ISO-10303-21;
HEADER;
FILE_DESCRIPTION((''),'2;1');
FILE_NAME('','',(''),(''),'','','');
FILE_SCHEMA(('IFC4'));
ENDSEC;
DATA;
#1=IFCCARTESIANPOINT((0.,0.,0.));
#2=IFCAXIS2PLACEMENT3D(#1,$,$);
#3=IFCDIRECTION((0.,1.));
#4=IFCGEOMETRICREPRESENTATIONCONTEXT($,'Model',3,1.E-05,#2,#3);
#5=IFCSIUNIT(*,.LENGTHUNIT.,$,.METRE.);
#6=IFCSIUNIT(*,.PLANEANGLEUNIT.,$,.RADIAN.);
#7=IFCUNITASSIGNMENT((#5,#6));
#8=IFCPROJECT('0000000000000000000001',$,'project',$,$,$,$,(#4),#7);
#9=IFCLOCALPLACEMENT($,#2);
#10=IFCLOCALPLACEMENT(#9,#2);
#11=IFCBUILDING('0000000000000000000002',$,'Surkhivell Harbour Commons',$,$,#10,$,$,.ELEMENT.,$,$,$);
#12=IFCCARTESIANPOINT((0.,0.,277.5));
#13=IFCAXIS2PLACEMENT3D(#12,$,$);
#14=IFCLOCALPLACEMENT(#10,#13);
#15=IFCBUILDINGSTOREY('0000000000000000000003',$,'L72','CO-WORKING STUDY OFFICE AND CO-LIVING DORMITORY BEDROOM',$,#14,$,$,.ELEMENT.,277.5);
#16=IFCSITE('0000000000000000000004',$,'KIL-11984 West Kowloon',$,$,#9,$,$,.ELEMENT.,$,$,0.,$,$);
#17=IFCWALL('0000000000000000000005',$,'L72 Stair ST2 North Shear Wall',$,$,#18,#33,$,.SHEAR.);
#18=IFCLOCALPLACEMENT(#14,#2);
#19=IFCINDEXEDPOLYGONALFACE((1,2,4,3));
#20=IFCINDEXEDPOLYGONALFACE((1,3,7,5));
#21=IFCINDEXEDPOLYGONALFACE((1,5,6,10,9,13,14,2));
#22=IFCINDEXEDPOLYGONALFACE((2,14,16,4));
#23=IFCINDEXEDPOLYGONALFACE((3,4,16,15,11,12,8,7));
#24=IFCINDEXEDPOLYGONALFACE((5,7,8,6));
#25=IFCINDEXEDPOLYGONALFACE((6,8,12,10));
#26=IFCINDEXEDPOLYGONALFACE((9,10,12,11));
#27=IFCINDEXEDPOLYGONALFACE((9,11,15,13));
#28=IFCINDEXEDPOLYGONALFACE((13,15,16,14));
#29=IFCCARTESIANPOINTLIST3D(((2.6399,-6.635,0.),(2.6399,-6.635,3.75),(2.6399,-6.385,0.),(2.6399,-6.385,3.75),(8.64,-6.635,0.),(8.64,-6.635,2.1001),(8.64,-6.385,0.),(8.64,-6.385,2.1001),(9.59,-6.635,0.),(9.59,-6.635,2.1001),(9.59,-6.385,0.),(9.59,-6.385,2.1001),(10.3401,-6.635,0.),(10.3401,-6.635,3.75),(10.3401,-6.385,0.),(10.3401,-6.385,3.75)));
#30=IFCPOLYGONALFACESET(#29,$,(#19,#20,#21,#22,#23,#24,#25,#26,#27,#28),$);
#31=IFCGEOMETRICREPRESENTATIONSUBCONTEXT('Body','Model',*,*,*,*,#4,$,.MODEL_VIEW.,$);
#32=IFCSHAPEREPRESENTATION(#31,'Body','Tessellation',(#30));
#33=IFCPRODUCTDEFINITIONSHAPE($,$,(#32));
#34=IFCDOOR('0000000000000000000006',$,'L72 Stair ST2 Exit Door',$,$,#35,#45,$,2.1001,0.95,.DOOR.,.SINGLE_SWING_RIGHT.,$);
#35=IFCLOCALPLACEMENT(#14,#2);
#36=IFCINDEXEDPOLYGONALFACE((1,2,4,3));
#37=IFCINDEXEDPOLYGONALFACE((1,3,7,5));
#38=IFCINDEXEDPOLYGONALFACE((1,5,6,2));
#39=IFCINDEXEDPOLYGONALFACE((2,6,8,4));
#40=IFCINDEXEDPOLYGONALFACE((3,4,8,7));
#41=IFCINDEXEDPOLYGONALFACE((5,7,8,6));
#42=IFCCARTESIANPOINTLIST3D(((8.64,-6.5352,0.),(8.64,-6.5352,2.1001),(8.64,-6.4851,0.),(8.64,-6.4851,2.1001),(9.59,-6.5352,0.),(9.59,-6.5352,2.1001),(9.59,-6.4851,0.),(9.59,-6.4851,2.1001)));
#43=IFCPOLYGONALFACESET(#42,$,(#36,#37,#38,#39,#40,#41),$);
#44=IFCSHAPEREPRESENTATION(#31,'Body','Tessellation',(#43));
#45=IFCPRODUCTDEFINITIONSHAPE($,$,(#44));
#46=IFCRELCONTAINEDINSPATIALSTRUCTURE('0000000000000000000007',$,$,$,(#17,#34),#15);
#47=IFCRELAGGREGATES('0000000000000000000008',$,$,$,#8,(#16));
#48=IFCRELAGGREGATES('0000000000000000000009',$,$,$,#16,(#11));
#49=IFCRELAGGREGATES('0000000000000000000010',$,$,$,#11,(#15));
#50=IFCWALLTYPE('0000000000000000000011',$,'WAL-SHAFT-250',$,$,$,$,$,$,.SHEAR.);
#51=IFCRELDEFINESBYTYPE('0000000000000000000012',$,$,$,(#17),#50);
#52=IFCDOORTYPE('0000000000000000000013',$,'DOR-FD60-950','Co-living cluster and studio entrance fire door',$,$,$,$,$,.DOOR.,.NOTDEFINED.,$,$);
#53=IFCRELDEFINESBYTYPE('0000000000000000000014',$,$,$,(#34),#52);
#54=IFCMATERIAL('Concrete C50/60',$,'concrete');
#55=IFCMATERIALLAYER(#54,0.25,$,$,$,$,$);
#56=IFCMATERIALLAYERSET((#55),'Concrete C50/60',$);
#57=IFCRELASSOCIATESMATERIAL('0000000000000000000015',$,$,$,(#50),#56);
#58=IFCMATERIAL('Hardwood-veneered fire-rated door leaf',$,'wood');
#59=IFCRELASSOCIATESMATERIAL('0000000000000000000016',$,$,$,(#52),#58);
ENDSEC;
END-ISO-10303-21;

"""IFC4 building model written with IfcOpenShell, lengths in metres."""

from ifc_helpers import new_model, si_unit, direction, frame, frame_2d, origin, place, context, subcontext, project, spatial, rectangle, extrude, material, layer, layer_set, type_object, element, fill, save


model = new_model("IFC4")

# Units and contexts
model_context = context("Model", 3, precision=1e-05, world=origin(), true_north=direction((0.0, 1.0)))
body_context = subcontext(model_context, "Body", "Model", "MODEL_VIEW")
ifc_project = project(units=[si_unit("LENGTHUNIT", "METRE"), si_unit("PLANEANGLEUNIT", "RADIAN")], contexts=[model_context])

# Site, building, storey
site_placement = place(None, origin())
site = spatial("IfcSite", under=ifc_project, at=site_placement, Name="KIL-11984 West Kowloon", CompositionType="ELEMENT", RefElevation=0.0)
building_placement = place(site_placement, origin())
building = spatial("IfcBuilding", under=site, at=building_placement, Name="Surkhivell Harbour Commons", CompositionType="ELEMENT")
storey_placement = place(building_placement, frame((0.0, 0.0, 277.5)))
storey = spatial("IfcBuildingStorey", under=building, at=storey_placement, Name="L72", Description="CO-WORKING STUDY OFFICE AND CO-LIVING DORMITORY BEDROOM", CompositionType="ELEMENT", Elevation=277.5)

# Shared definitions
ifc_material_1 = material(Name="Hardwood-veneered fire-rated door leaf", Category="wood")

# Shared definitions
ifc_material_2 = material(Name="Concrete C50/60", Category="concrete")
ifc_layer_1 = layer(ifc_material_2, 0.25)
ifc_layer_set_1 = layer_set([ifc_layer_1], Name="Concrete C50/60")
wall_type_1 = type_object("IfcWallType", Name="WAL-SHAFT-250", PredefinedType="SHEAR", material=ifc_layer_set_1)

# Wall, opening, door
wall_1_placement = place(storey_placement, frame((2.6399, -6.51, 0.0), z_axis=(0.0, 0.0, 1.0), x_axis=(1.0, 0.0, 0.0)))
wall_1 = element("IfcWall", 1, at=wall_1_placement, inside=storey, type_object=wall_type_1, Name="L72 Stair ST2 North Shear Wall", PredefinedType="SHEAR", context=body_context, shape_type="SweptSolid", body=[
    extrude(rectangle(XDim=7.7002, YDim=0.25, at=frame_2d((3.8501, 0.0))), origin(), (0.0, 0.0, 1.0), 3.75),
])
opening_1_placement = place(wall_1_placement, frame((6.0, 0.0, 0.0)))
opening_1 = element("IfcOpeningElement", 2, at=opening_1_placement, cuts=wall_1, PredefinedType="OPENING", context=body_context, shape_type="SweptSolid", body=[
    extrude(rectangle(XDim=0.95, YDim=2.1001, at=frame_2d((0.4751, 1.05))), frame((0.0, 0.135, 0.0), z_axis=(0.0, -1.0, 0.0), x_axis=(1.0, 0.0, 0.0)), (0.0, 0.0, 1.0), 0.27),
])
door_type_1 = type_object("IfcDoorType", Name="DOR-FD60-950", Description="Co-living cluster and studio entrance fire door", OperationType="NOTDEFINED", PredefinedType="DOOR", material=ifc_material_1)
door_1_placement = place(opening_1_placement, origin())
door_1 = element("IfcDoor", 3, at=door_1_placement, inside=storey, type_object=door_type_1, Name="L72 Stair ST2 Exit Door", OperationType="SINGLE_SWING_RIGHT", OverallHeight=2.1001, OverallWidth=0.95, PredefinedType="DOOR", context=body_context, shape_type="SweptSolid", body=[
    extrude(rectangle(XDim=0.95, YDim=2.1001, at=frame_2d((0.4751, 1.05))), frame((0.0, 0.0249, 0.0), z_axis=(0.0, -1.0, 0.0), x_axis=(1.0, 0.0, 0.0)), (0.0, 0.0, 1.0), 0.05),
])
fill(opening_1, door_1)

save(model, "model.ifc")
